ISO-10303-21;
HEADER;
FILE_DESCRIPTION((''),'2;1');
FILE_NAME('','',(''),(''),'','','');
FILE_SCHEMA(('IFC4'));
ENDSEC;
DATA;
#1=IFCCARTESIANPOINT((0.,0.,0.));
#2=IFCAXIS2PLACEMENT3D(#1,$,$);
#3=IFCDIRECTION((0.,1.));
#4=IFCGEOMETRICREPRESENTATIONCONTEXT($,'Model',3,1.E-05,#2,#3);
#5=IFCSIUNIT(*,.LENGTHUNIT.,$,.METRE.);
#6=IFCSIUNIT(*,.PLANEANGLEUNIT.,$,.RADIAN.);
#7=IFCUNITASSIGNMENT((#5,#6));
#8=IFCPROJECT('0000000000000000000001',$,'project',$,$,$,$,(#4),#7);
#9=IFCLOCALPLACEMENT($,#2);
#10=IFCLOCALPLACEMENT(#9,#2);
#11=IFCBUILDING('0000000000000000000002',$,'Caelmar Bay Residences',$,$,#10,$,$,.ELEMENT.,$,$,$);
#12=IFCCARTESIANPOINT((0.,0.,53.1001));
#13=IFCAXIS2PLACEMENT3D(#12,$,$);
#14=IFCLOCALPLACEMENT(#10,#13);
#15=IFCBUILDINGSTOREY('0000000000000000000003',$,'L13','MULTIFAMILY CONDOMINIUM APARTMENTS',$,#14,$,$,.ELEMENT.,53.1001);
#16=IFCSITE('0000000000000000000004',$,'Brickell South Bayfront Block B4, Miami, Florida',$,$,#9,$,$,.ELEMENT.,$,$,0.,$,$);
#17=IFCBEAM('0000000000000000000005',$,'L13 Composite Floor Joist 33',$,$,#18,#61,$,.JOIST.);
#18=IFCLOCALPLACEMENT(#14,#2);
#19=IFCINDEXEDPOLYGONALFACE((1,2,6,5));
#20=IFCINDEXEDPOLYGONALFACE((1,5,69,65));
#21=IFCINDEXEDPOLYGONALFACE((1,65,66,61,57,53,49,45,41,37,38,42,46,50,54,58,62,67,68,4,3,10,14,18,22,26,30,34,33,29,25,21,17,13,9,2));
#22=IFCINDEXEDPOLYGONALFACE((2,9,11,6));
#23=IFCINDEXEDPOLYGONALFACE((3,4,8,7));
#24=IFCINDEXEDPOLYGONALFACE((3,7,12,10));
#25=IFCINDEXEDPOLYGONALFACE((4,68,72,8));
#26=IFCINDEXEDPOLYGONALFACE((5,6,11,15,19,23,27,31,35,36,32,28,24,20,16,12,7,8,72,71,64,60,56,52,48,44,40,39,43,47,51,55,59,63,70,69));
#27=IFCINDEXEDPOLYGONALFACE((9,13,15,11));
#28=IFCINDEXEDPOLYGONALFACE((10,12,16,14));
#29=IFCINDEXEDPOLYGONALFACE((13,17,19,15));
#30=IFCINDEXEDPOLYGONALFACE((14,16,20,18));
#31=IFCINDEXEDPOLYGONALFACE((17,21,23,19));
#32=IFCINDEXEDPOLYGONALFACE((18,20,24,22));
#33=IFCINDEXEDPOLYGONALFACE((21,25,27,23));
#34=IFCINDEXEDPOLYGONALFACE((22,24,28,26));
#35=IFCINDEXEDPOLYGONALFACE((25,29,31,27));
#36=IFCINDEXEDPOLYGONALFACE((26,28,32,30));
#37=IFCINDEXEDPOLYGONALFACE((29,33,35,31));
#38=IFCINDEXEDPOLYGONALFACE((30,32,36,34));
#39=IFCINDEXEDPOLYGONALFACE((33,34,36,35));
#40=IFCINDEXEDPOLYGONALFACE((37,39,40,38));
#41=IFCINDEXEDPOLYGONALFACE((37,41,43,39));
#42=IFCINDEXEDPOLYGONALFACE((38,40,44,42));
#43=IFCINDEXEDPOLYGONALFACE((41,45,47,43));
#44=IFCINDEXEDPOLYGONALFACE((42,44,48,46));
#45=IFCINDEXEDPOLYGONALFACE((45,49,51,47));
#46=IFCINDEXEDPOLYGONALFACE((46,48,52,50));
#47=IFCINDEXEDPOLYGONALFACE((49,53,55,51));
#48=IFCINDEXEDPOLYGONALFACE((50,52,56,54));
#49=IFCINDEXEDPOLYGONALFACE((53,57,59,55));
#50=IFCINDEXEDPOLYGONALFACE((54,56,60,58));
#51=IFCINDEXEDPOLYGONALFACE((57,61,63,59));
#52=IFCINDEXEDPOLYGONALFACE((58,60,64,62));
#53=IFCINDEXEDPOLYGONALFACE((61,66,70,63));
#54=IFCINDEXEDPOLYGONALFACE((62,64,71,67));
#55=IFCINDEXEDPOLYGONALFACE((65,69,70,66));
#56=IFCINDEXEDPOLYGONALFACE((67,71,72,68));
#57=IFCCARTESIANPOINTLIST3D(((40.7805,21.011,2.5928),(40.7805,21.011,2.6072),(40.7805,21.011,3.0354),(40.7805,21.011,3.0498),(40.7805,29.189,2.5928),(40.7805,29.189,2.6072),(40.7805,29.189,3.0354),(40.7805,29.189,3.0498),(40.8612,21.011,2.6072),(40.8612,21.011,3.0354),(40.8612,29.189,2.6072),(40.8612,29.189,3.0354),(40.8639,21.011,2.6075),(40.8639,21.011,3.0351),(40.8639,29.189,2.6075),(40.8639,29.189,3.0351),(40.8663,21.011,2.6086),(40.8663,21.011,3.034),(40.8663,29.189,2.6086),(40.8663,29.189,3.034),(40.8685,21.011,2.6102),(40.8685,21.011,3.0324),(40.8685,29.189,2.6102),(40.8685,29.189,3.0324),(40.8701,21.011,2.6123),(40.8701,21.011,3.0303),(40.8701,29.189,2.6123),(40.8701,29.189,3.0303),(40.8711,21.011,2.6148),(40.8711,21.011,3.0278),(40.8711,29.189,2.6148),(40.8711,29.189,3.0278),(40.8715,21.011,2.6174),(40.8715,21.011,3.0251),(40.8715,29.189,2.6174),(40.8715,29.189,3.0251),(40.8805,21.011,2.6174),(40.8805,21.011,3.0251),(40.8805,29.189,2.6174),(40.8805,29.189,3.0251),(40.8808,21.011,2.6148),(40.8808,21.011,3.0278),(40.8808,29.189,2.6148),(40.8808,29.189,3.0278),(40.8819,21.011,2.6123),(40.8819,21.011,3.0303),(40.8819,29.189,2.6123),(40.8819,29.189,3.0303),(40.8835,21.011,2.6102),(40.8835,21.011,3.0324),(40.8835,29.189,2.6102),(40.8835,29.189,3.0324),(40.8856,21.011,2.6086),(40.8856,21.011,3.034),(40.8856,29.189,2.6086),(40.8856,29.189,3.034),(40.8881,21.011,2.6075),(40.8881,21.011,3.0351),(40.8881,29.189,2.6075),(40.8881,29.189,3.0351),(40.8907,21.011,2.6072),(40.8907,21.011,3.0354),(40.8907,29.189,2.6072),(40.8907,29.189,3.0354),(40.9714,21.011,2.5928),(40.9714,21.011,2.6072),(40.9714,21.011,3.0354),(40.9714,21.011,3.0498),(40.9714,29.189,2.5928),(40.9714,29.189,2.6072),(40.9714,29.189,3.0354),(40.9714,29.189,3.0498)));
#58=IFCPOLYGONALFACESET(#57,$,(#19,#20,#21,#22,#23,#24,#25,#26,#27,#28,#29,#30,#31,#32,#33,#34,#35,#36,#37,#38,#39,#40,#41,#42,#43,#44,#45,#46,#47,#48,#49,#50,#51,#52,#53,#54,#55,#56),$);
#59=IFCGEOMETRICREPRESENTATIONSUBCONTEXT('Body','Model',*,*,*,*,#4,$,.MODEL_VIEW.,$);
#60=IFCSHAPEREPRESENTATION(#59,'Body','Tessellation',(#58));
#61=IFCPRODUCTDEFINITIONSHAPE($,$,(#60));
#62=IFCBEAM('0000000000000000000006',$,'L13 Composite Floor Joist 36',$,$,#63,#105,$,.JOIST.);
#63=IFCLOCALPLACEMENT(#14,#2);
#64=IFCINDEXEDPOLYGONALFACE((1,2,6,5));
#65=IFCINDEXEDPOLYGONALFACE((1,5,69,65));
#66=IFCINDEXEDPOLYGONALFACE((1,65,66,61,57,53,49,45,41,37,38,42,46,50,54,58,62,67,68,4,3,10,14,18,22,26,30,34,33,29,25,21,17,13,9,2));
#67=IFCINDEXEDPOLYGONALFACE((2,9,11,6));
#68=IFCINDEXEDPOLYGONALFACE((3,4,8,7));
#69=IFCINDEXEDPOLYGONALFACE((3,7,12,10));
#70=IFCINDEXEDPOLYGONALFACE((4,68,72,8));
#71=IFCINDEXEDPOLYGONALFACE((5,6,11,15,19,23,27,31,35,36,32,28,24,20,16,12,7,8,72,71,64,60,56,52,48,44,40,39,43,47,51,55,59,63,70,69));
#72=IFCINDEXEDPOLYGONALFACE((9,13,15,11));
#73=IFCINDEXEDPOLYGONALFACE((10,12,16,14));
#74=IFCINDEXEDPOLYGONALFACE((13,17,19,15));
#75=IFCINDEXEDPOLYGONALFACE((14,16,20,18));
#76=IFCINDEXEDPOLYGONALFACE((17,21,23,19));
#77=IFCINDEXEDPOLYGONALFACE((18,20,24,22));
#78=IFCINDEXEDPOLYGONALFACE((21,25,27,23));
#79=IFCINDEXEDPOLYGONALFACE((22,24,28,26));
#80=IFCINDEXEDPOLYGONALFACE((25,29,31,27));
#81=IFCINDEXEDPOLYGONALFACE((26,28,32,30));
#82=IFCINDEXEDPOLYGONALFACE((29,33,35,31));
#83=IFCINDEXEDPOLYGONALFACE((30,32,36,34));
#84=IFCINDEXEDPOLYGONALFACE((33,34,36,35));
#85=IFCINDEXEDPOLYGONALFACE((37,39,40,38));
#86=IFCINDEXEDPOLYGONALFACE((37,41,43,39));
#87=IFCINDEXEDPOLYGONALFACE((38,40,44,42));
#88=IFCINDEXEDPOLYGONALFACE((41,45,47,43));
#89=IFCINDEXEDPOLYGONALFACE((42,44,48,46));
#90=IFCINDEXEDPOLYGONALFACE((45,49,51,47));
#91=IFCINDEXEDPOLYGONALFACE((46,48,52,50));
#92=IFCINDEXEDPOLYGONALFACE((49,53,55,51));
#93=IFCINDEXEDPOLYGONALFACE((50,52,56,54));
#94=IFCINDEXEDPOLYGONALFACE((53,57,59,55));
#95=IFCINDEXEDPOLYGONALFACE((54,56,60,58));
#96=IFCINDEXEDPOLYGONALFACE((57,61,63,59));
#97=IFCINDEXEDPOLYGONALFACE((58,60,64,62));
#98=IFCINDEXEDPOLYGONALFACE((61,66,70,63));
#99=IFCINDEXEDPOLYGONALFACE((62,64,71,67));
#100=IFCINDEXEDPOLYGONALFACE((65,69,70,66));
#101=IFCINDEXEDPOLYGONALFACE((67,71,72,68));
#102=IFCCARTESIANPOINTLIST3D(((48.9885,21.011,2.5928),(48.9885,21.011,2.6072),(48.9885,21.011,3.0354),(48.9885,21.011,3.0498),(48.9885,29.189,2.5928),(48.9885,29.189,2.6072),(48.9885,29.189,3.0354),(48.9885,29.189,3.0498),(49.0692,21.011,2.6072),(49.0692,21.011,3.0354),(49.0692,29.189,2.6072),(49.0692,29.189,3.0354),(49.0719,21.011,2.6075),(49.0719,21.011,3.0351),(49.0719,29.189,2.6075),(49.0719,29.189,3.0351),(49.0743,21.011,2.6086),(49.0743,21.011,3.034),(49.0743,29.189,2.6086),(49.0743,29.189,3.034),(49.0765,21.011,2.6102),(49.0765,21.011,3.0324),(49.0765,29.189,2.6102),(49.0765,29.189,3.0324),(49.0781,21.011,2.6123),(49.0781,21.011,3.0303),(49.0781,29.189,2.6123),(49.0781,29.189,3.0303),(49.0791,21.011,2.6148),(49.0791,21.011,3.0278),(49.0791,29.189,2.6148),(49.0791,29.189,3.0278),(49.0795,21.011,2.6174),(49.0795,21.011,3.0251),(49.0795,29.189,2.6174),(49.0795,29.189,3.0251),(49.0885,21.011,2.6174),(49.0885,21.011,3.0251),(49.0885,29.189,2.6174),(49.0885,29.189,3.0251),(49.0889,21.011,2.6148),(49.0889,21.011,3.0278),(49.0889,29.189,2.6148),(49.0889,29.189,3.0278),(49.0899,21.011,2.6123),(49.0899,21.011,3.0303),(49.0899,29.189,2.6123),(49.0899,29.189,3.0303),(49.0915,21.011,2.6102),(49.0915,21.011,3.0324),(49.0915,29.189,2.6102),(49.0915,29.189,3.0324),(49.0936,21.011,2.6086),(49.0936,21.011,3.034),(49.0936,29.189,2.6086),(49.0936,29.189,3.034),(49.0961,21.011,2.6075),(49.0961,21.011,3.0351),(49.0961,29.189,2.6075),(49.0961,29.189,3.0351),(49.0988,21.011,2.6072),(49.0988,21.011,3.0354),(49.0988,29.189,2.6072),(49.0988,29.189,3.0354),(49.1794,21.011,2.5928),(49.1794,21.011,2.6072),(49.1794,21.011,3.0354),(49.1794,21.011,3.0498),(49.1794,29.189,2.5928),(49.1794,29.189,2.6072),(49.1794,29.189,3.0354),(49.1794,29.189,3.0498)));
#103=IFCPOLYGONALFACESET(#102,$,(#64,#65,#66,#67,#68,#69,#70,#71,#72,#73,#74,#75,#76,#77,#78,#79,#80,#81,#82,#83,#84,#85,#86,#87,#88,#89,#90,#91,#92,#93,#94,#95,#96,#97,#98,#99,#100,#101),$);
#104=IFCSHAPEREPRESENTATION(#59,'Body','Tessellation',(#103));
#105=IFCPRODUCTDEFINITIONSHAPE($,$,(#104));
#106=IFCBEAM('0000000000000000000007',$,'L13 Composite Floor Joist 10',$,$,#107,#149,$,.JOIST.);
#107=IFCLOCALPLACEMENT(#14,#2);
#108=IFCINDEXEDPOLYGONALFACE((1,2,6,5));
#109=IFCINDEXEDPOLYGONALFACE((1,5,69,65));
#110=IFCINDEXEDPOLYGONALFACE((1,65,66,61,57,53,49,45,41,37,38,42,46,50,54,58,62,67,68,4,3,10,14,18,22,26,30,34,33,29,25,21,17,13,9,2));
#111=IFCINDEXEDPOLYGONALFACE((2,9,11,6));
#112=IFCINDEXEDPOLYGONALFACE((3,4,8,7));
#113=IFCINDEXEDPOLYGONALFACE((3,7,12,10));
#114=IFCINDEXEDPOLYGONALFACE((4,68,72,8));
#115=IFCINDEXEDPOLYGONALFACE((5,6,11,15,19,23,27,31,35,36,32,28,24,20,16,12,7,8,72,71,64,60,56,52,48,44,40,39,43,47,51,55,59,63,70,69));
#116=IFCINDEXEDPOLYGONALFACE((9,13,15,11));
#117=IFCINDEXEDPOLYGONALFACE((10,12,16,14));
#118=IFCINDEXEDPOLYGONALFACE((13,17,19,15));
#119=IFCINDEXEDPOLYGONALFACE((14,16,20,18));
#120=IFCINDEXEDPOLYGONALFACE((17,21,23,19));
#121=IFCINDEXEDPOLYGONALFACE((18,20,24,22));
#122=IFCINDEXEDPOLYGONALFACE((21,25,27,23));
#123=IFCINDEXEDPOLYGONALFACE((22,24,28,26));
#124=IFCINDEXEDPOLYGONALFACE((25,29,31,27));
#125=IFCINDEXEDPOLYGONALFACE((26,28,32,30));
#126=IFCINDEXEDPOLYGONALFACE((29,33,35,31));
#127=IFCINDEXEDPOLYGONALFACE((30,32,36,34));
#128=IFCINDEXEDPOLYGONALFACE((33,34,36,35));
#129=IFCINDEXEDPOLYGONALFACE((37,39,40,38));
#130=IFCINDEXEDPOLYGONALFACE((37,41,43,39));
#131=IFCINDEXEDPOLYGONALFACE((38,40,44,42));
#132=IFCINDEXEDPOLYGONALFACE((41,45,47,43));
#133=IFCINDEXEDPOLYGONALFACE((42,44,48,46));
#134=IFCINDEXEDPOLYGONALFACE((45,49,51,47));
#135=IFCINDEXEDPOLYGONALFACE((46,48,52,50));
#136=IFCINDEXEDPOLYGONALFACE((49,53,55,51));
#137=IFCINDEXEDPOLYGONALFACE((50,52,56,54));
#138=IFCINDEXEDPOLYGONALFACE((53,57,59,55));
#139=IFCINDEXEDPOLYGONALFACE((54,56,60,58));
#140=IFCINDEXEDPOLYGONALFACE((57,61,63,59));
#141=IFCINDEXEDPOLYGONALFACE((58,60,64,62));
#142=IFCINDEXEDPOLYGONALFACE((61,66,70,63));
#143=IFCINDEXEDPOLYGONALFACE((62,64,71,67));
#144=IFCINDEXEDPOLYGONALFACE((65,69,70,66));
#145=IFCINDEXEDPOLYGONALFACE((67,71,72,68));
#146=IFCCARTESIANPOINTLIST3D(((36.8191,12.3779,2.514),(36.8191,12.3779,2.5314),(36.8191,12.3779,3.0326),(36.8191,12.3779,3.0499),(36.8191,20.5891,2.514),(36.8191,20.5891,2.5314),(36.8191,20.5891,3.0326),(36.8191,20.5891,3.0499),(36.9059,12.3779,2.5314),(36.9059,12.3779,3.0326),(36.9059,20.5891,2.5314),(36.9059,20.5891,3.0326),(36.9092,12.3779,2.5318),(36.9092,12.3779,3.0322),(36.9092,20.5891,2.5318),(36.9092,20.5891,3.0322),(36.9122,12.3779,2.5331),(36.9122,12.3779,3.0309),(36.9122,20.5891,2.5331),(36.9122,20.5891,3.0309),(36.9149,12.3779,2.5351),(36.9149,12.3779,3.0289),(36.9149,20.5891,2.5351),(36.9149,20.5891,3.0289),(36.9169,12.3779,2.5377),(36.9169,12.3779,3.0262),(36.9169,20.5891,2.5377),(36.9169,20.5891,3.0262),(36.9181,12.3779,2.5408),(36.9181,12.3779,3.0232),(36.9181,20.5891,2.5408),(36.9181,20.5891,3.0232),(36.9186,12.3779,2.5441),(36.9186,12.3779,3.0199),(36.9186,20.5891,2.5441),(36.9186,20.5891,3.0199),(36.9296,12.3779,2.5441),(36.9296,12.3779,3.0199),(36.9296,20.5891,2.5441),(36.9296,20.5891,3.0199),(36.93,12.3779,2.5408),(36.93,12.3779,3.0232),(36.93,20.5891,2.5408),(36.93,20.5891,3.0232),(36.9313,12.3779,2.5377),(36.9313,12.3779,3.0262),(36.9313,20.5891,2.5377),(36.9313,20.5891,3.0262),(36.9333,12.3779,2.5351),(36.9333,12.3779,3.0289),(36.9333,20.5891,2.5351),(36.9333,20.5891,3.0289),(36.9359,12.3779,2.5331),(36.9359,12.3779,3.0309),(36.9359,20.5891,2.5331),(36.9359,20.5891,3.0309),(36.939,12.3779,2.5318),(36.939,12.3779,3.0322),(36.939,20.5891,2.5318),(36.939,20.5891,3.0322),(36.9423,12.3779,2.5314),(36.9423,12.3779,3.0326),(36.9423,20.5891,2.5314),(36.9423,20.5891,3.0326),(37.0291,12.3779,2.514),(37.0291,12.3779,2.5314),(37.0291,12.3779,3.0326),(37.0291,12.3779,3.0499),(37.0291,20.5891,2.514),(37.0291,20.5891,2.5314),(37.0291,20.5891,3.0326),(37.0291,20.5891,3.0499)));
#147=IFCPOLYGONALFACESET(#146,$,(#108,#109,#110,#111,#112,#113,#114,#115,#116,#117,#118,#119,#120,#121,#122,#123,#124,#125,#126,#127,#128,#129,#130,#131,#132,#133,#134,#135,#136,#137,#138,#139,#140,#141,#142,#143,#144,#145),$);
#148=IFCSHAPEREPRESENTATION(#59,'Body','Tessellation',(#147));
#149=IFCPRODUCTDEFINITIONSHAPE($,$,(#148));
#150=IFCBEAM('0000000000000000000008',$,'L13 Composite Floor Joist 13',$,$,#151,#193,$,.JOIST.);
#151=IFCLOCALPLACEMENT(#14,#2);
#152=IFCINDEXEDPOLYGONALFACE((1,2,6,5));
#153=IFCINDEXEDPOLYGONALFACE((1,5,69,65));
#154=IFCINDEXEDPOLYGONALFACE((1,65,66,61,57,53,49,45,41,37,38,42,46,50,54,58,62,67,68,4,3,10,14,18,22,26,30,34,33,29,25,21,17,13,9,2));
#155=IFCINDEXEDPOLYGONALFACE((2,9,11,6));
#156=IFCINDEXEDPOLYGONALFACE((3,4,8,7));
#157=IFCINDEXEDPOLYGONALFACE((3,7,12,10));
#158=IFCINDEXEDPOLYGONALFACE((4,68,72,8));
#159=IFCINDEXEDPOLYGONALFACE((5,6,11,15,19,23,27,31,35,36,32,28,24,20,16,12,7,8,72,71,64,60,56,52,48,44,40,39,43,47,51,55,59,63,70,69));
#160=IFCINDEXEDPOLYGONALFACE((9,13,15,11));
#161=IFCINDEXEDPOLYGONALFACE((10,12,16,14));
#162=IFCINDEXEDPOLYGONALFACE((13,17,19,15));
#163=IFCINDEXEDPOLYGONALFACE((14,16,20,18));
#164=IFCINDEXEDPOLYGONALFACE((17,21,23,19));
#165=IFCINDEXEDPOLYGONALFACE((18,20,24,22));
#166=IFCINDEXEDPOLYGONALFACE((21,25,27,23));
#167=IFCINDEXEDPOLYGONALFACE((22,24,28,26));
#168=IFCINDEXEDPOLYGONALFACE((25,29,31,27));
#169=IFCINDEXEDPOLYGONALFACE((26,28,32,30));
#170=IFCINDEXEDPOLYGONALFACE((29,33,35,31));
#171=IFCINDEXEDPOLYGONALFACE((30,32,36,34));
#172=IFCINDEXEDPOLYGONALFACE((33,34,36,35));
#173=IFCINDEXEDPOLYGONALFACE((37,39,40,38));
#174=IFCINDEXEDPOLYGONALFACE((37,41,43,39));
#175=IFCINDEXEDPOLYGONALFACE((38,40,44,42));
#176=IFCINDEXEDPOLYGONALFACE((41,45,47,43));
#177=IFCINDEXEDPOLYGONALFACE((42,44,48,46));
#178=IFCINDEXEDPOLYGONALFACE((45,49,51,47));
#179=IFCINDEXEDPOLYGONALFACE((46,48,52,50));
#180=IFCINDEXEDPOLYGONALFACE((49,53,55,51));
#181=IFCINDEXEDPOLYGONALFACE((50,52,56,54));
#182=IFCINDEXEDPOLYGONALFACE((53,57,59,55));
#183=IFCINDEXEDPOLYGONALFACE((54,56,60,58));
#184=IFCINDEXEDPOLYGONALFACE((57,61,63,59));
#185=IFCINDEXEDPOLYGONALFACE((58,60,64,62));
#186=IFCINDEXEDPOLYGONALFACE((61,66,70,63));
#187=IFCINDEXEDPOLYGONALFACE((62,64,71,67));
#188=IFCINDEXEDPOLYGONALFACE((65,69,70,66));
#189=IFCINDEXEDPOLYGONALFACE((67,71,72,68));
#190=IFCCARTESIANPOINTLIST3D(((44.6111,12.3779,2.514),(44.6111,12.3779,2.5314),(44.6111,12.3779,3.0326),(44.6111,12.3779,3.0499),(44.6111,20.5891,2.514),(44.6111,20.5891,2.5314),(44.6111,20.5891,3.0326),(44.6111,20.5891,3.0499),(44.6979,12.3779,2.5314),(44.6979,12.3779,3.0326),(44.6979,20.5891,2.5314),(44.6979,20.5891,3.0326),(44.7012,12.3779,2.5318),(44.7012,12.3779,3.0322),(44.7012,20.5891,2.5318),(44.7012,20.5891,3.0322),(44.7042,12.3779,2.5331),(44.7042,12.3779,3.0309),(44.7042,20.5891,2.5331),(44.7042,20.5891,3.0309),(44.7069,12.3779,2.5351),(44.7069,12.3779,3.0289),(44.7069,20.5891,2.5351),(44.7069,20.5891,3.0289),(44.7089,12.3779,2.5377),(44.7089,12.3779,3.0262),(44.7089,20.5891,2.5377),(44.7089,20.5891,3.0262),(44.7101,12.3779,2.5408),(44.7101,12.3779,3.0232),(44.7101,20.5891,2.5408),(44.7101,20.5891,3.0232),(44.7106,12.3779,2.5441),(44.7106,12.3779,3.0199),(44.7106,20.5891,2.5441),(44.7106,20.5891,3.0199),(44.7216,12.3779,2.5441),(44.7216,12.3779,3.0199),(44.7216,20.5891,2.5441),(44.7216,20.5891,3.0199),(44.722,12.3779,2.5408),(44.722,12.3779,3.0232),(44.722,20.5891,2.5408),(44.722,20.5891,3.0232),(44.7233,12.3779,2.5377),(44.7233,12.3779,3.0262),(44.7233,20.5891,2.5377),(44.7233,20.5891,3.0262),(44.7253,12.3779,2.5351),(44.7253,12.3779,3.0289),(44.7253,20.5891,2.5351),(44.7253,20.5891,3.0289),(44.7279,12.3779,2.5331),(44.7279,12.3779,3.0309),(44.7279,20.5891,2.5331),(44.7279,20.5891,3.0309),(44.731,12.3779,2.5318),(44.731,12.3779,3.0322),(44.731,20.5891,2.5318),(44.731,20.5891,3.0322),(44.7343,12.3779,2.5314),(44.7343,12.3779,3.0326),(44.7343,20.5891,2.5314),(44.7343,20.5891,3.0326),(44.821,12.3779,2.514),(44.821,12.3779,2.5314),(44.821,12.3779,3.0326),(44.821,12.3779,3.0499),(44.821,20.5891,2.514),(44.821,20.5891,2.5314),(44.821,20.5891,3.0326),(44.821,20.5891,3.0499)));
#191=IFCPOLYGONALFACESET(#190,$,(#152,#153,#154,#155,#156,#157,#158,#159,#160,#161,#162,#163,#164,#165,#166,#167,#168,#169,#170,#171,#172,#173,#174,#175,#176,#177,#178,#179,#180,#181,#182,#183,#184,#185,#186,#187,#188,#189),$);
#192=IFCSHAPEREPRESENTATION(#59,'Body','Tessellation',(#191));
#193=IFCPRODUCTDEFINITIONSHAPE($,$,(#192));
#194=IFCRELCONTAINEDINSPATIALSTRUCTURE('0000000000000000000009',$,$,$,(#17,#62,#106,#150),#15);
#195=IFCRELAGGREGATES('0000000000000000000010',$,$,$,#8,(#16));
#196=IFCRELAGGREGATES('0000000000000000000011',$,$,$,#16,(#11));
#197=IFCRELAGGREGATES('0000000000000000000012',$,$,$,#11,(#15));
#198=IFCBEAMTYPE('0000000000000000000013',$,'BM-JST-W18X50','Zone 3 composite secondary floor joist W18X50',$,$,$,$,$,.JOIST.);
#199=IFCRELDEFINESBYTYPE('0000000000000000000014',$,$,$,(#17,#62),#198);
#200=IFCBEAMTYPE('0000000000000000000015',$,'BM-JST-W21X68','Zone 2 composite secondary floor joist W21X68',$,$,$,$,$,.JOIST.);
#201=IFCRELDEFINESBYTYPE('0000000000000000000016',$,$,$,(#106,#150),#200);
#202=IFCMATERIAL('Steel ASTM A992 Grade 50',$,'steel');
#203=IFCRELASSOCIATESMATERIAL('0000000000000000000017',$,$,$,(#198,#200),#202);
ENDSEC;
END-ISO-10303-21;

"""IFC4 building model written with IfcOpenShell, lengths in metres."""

from ifc_helpers import new_model, si_unit, direction, frame, origin, origin_2d, place, context, subcontext, project, spatial, i_section, extrude, material, material_profile, profile_set, type_object, element, save


model = new_model("IFC4")

# Units and contexts
model_context = context("Model", 3, precision=1e-05, world=origin(), true_north=direction((0.0, 1.0)))
body_context = subcontext(model_context, "Body", "Model", "MODEL_VIEW")
ifc_project = project(units=[si_unit("LENGTHUNIT", "METRE"), si_unit("PLANEANGLEUNIT", "RADIAN")], contexts=[model_context])

# Site, building, storey
site_placement = place(None, origin())
site = spatial("IfcSite", under=ifc_project, at=site_placement, Name="Brickell South Bayfront Block B4, Miami, Florida", CompositionType="ELEMENT", RefElevation=0.0)
building_placement = place(site_placement, origin())
building = spatial("IfcBuilding", under=site, at=building_placement, Name="Caelmar Bay Residences", CompositionType="ELEMENT")
storey_placement = place(building_placement, frame((0.0, 0.0, 53.1001)))
storey = spatial("IfcBuildingStorey", under=building, at=storey_placement, Name="L13", Description="MULTIFAMILY CONDOMINIUM APARTMENTS", CompositionType="ELEMENT", Elevation=53.1001)

# Beams
ifc_material_1 = material(Name="Steel ASTM A992 Grade 50", Category="steel")
ifc_material_profile_1 = material_profile(ifc_material_1, i_section(OverallWidth=0.1909, OverallDepth=0.457, WebThickness=0.009, FlangeThickness=0.0144, FilletRadius=0.0103, at=origin_2d()), Name="W18X50")
ifc_profile_set_1 = profile_set([ifc_material_profile_1], Name="Steel ASTM A992 Grade 50")
beam_type_1 = type_object("IfcBeamType", Name="BM-JST-W18X50", Description="Zone 3 composite secondary floor joist W18X50", PredefinedType="JOIST", material=ifc_profile_set_1)
for number, where, z_axis, x_axis, name in (
    (1, (40.876, 21.011, 2.8213), (0.0, 1.0, 0.0), (-1.0, 0.0, 0.0), "L13 Composite Floor Joist 33"),
    (2, (49.084, 21.011, 2.8213), (0.0, 1.0, 0.0), (-1.0, 0.0, 0.0), "L13 Composite Floor Joist 36"),
):
    element("IfcBeam", number, at=place(storey_placement, frame(where, z_axis=z_axis, x_axis=x_axis)), inside=storey, type_object=beam_type_1, Name=name, PredefinedType="JOIST", context=body_context, shape_type="SweptSolid", body=[
        extrude(i_section(OverallWidth=0.1909, OverallDepth=0.457, WebThickness=0.009, FlangeThickness=0.0144, FilletRadius=0.0103, at=origin_2d()), origin(), (0.0, 0.0, 1.0), 8.178),
    ])
ifc_material_profile_2 = material_profile(ifc_material_1, i_section(OverallWidth=0.21, OverallDepth=0.5359, WebThickness=0.011, FlangeThickness=0.0173, FilletRadius=0.0127, at=origin_2d()), Name="W21X68")
ifc_profile_set_2 = profile_set([ifc_material_profile_2], Name="Steel ASTM A992 Grade 50")
beam_type_2 = type_object("IfcBeamType", Name="BM-JST-W21X68", Description="Zone 2 composite secondary floor joist W21X68", PredefinedType="JOIST", material=ifc_profile_set_2)
for number, where, z_axis, x_axis, name in (
    (3, (36.9241, 12.3779, 2.782), (0.0, 1.0, 0.0), (-1.0, 0.0, 0.0), "L13 Composite Floor Joist 10"),
    (4, (44.7161, 12.3779, 2.782), (0.0, 1.0, 0.0), (-1.0, 0.0, 0.0), "L13 Composite Floor Joist 13"),
):
    element("IfcBeam", number, at=place(storey_placement, frame(where, z_axis=z_axis, x_axis=x_axis)), inside=storey, type_object=beam_type_2, Name=name, PredefinedType="JOIST", context=body_context, shape_type="SweptSolid", body=[
        extrude(i_section(OverallWidth=0.21, OverallDepth=0.5359, WebThickness=0.011, FlangeThickness=0.0173, FilletRadius=0.0127, at=origin_2d()), origin(), (0.0, 0.0, 1.0), 8.2112),
    ])

save(model, "model.ifc")
